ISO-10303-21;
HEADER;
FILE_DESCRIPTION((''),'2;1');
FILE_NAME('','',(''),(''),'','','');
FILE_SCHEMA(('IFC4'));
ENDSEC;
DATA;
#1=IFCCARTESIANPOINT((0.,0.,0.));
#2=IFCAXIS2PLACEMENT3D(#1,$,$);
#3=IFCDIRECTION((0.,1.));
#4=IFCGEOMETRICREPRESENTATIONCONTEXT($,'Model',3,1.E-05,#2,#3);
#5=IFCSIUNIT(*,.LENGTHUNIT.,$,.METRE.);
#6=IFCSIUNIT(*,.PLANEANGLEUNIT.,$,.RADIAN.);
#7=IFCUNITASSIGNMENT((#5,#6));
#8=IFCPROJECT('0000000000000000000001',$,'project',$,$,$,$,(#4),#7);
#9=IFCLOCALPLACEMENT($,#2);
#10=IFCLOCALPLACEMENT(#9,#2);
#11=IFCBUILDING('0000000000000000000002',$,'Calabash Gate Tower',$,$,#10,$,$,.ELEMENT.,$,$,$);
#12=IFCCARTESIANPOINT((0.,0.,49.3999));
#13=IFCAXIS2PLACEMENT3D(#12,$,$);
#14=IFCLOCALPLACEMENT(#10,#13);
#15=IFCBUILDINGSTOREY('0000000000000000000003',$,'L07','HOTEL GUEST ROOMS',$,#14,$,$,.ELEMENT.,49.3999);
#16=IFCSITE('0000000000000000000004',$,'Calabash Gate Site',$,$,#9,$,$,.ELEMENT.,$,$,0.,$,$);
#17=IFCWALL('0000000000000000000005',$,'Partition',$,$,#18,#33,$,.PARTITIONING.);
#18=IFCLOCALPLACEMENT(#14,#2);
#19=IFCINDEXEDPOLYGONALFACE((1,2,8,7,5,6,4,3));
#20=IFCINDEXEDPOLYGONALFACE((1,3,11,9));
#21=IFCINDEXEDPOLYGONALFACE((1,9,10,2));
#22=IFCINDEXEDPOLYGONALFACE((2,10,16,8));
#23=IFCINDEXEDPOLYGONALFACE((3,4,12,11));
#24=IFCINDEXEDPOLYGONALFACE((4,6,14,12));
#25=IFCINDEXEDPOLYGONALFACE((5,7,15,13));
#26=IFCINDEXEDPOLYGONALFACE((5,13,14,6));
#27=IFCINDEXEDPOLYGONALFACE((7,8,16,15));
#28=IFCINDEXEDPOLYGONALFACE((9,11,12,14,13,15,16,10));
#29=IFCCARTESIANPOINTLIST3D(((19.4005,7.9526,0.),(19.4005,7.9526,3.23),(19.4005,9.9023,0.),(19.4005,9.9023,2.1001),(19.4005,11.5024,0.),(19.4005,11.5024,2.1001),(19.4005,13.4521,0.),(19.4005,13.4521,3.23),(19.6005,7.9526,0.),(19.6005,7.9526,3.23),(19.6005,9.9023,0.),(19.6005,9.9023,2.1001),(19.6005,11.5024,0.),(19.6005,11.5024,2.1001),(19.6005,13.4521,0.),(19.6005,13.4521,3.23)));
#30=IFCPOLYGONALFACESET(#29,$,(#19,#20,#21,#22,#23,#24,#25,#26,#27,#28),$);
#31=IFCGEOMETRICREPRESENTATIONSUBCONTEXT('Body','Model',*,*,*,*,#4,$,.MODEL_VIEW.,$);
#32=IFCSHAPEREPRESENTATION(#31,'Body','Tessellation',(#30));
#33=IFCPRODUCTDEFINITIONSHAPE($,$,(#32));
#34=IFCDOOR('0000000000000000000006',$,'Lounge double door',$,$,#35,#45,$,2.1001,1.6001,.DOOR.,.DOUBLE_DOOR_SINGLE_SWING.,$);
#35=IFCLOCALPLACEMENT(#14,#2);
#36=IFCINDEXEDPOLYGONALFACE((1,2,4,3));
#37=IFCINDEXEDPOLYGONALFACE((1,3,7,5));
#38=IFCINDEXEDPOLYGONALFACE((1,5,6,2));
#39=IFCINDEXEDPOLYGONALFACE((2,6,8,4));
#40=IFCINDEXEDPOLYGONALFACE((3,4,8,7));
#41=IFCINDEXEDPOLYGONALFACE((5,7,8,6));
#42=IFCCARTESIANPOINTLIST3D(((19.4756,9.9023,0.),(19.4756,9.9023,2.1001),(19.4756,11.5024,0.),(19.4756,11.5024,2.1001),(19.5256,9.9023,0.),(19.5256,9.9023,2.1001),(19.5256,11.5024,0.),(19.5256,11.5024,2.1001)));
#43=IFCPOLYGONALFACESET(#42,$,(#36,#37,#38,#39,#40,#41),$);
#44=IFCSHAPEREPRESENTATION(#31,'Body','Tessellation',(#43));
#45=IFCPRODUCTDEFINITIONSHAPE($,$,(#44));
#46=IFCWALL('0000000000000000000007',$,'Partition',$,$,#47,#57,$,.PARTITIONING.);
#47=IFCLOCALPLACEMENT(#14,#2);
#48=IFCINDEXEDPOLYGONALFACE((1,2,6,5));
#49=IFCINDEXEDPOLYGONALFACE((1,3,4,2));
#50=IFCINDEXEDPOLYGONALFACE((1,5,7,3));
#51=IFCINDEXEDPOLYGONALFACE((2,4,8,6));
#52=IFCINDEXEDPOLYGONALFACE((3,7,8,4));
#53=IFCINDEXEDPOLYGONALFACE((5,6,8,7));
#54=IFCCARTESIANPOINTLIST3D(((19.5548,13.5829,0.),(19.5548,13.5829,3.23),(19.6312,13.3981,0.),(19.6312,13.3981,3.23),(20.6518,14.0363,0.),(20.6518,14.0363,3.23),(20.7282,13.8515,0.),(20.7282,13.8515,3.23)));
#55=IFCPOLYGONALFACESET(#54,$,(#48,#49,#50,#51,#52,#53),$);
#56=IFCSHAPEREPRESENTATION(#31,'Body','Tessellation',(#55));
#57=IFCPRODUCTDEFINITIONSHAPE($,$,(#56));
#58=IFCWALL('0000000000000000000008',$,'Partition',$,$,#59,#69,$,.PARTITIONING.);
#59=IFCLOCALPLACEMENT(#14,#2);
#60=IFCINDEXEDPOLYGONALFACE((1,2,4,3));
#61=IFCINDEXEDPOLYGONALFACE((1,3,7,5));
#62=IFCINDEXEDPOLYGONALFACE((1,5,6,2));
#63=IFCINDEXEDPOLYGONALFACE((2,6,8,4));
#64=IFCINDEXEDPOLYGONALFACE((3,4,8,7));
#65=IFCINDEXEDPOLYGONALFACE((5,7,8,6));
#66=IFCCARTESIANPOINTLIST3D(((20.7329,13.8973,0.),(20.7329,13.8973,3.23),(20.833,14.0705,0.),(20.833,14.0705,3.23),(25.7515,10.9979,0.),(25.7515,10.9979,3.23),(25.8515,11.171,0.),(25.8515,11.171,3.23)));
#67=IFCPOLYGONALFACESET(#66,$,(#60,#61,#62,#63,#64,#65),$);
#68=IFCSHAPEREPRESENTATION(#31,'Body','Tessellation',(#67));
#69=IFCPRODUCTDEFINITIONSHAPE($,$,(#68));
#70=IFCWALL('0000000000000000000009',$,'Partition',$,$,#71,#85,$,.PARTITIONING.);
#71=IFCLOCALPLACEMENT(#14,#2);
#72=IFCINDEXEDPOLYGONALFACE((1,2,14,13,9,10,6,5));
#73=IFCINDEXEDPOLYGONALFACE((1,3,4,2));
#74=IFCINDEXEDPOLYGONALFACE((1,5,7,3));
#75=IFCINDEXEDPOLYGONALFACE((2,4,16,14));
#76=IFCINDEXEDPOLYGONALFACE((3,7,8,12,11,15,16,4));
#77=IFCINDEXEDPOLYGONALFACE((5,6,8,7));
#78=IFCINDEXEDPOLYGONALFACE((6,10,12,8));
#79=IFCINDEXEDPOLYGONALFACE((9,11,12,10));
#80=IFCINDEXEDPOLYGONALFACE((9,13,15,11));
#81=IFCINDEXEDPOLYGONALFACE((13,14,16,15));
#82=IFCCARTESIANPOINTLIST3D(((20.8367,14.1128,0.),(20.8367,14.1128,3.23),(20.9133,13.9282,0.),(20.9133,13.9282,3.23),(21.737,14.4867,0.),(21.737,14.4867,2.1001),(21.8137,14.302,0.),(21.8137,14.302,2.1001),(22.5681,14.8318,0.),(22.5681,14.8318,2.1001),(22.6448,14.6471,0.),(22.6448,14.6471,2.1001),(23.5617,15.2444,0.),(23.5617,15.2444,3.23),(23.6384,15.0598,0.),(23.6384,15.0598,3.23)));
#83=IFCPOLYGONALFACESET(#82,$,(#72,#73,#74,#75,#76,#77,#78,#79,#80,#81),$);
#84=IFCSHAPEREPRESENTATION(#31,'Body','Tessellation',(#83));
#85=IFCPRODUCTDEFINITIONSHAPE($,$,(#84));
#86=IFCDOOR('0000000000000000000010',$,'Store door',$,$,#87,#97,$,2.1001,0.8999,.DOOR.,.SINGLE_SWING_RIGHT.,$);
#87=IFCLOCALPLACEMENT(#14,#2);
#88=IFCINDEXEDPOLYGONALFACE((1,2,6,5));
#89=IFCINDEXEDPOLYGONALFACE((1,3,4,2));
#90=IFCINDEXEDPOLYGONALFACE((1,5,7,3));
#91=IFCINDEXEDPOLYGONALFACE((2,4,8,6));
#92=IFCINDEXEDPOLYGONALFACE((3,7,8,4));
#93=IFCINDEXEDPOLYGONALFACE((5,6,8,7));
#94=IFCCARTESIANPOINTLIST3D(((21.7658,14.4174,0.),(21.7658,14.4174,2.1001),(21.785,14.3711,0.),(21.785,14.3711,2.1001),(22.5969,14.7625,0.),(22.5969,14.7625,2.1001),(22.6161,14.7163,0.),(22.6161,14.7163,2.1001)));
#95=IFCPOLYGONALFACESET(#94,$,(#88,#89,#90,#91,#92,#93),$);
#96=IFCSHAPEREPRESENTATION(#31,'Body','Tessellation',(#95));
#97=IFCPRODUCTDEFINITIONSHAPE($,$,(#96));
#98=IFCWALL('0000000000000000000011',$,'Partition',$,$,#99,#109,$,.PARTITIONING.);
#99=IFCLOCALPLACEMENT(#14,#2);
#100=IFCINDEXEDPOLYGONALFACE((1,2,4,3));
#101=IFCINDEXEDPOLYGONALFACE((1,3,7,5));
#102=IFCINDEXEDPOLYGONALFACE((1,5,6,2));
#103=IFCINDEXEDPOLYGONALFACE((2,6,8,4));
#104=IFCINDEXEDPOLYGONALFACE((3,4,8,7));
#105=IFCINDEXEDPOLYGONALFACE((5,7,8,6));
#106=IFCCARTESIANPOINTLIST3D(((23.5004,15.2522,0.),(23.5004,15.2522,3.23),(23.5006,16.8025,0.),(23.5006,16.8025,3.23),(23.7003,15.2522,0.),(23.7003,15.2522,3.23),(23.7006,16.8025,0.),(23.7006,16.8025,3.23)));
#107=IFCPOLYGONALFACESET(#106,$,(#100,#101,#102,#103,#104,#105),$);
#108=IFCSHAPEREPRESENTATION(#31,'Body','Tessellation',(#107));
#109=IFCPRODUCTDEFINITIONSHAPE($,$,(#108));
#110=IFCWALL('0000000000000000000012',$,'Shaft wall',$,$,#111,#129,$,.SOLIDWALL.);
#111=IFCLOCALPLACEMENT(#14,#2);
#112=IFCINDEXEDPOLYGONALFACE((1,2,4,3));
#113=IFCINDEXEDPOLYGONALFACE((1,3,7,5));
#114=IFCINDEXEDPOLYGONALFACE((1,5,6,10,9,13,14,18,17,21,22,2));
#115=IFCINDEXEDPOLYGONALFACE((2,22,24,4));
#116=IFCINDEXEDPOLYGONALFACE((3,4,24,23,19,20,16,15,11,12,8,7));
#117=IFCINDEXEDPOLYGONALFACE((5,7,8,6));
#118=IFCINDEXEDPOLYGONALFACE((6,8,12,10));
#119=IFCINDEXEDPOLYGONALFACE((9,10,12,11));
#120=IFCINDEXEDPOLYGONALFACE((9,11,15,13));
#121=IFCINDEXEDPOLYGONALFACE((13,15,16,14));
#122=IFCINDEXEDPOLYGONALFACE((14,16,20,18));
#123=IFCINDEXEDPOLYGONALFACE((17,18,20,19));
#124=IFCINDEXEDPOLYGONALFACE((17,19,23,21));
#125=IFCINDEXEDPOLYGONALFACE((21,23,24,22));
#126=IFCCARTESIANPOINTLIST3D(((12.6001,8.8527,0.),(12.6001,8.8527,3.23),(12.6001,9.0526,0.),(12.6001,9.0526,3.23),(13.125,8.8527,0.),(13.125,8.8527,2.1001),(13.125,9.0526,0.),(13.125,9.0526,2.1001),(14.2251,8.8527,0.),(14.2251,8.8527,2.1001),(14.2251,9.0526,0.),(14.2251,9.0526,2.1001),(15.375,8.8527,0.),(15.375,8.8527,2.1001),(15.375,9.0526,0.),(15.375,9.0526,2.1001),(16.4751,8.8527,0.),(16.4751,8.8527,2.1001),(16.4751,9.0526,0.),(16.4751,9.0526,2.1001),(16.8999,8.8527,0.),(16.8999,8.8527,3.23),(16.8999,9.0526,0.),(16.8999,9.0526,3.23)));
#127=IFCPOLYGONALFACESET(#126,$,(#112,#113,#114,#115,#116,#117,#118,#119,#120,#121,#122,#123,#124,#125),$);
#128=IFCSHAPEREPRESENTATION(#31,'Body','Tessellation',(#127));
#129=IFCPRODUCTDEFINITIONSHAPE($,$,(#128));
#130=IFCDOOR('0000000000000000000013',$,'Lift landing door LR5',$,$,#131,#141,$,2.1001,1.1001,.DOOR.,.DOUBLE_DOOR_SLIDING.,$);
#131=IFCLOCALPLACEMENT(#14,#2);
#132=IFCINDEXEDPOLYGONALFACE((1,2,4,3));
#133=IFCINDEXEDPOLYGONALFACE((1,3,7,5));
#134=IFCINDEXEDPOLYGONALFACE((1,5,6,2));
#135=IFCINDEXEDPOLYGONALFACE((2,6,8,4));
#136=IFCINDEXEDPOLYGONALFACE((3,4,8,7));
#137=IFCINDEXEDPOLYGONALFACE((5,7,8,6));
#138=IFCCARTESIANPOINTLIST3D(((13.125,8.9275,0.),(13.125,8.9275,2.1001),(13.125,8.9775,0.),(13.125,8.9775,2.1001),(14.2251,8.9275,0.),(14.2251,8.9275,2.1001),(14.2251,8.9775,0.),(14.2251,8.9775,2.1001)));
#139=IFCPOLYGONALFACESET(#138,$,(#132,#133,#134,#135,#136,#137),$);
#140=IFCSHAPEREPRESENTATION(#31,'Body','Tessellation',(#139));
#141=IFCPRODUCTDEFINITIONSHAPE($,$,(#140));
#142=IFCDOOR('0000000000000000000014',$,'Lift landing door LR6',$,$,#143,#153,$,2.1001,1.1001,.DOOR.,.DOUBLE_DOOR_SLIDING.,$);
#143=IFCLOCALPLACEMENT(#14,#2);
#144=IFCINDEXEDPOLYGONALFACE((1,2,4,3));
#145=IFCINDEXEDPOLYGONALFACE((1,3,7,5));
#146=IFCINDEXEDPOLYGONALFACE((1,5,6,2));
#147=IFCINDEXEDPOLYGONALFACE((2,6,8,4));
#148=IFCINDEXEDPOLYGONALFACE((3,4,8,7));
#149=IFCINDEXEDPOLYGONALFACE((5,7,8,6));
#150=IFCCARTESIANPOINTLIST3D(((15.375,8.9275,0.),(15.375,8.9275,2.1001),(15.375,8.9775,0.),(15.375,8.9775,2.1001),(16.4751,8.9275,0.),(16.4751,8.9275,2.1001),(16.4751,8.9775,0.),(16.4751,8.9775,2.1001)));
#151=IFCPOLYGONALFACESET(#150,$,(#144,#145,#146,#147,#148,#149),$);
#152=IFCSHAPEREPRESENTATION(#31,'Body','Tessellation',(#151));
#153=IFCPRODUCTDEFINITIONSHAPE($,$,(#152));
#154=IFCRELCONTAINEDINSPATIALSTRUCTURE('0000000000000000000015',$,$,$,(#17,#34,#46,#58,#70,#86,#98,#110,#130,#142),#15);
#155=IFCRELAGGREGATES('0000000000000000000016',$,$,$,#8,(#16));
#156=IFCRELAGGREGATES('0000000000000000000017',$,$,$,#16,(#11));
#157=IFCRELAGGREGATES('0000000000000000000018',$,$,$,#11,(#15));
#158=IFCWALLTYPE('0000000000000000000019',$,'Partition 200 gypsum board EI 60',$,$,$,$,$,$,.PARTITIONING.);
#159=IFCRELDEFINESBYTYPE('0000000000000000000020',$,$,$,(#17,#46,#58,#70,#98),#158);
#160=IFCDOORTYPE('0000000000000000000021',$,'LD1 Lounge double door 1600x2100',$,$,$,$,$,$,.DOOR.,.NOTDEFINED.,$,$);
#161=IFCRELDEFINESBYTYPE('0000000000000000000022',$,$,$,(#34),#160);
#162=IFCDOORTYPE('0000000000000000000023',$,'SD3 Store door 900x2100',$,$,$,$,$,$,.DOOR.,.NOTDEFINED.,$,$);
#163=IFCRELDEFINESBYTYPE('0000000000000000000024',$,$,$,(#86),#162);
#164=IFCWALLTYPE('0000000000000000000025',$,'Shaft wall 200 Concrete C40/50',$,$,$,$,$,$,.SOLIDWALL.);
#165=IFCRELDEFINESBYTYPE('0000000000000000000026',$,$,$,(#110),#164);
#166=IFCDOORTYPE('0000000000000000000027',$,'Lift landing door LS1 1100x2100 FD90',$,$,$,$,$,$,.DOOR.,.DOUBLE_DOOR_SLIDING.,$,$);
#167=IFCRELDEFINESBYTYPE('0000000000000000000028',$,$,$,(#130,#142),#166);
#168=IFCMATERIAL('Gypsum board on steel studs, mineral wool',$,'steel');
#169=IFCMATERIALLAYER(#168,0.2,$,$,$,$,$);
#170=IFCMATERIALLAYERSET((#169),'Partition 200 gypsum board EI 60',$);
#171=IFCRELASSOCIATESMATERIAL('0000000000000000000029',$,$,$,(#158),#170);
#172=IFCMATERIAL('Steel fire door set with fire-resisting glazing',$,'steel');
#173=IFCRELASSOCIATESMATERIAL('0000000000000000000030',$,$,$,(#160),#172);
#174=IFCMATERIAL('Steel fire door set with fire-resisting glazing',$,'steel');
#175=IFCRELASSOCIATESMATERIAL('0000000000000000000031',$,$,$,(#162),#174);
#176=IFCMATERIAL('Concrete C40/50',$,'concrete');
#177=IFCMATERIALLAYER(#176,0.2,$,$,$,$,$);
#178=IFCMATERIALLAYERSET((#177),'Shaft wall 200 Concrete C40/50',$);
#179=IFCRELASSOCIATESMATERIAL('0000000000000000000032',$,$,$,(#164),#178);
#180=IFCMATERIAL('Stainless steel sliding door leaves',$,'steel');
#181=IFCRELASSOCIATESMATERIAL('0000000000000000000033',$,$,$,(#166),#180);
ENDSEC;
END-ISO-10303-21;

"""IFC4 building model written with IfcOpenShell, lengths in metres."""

from ifc_helpers import new_model, si_unit, direction, frame, frame_2d, origin, place, context, subcontext, project, spatial, rectangle, extrude, material, layer, layer_set, type_object, element, fill, save


model = new_model("IFC4")

# Units and contexts
model_context = context("Model", 3, precision=1e-05, world=origin(), true_north=direction((0.0, 1.0)))
body_context = subcontext(model_context, "Body", "Model", "MODEL_VIEW")
ifc_project = project(units=[si_unit("LENGTHUNIT", "METRE"), si_unit("PLANEANGLEUNIT", "RADIAN")], contexts=[model_context])

# Site, building, storey
site_placement = place(None, origin())
site = spatial("IfcSite", under=ifc_project, at=site_placement, Name="Calabash Gate Site", CompositionType="ELEMENT", RefElevation=0.0)
building_placement = place(site_placement, origin())
building = spatial("IfcBuilding", under=site, at=building_placement, Name="Calabash Gate Tower", CompositionType="ELEMENT")
storey_placement = place(building_placement, frame((0.0, 0.0, 49.3999)))
storey = spatial("IfcBuildingStorey", under=building, at=storey_placement, Name="L07", Description="HOTEL GUEST ROOMS", CompositionType="ELEMENT", Elevation=49.3999)

# Shared definitions
ifc_material_1 = material(Name="Gypsum board on steel studs, mineral wool", Category="steel")
ifc_layer_1 = layer(ifc_material_1, 0.2)
ifc_layer_set_1 = layer_set([ifc_layer_1], Name="Partition 200 gypsum board EI 60")
wall_type_1 = type_object("IfcWallType", Name="Partition 200 gypsum board EI 60", PredefinedType="PARTITIONING", material=ifc_layer_set_1)

# Wall, opening, door
wall_1_placement = place(storey_placement, frame((19.5005, 7.9526, 0.0), z_axis=(0.0, 0.0, 1.0), x_axis=(0.0, 1.0, 0.0)))
wall_1 = element("IfcWall", 1, at=wall_1_placement, inside=storey, type_object=wall_type_1, Name="Partition", PredefinedType="PARTITIONING", context=body_context, shape_type="SweptSolid", body=[
    extrude(rectangle(XDim=5.4995, YDim=0.2, at=frame_2d((2.7498, 0.0))), origin(), (0.0, 0.0, 1.0), 3.23),
])
opening_1_placement = place(wall_1_placement, frame((1.9497, 0.0, 0.0)))
opening_1 = element("IfcOpeningElement", 2, at=opening_1_placement, cuts=wall_1, PredefinedType="OPENING", context=body_context, shape_type="SweptSolid", body=[
    extrude(rectangle(XDim=1.6001, YDim=2.1001, at=frame_2d((0.8, 1.05))), frame((0.0, 0.1099, 0.0), z_axis=(0.0, -1.0, 0.0), x_axis=(1.0, 0.0, 0.0)), (0.0, 0.0, 1.0), 0.22),
])
ifc_material_2 = material(Name="Steel fire door set with fire-resisting glazing", Category="steel")
door_type_1 = type_object("IfcDoorType", Name="LD1 Lounge double door 1600x2100", OperationType="NOTDEFINED", PredefinedType="DOOR", material=ifc_material_2)
door_1_placement = place(opening_1_placement, origin())
door_1 = element("IfcDoor", 3, at=door_1_placement, inside=storey, type_object=door_type_1, Name="Lounge double door", OperationType="DOUBLE_DOOR_SINGLE_SWING", OverallHeight=2.1001, OverallWidth=1.6001, PredefinedType="DOOR", context=body_context, shape_type="SweptSolid", body=[
    extrude(rectangle(XDim=1.6001, YDim=2.1001, at=frame_2d((0.8, 1.05))), frame((0.0, 0.0249, 0.0), z_axis=(0.0, -1.0, 0.0), x_axis=(1.0, 0.0, 0.0)), (0.0, 0.0, 1.0), 0.05),
])
fill(opening_1, door_1)

# Walls
wall_2_placement = place(storey_placement, frame((19.593, 13.4905, 0.0), z_axis=(0.0, 0.0, 1.0), x_axis=(0.924175, 0.38197, 0.0)))
element("IfcWall", 4, at=wall_2_placement, inside=storey, type_object=wall_type_1, Name="Partition", PredefinedType="PARTITIONING", context=body_context, shape_type="SweptSolid", body=[
    extrude(rectangle(XDim=1.187, YDim=0.2, at=frame_2d((0.5935, 0.0))), origin(), (0.0, 0.0, 1.0), 3.23),
])
wall_3_placement = place(storey_placement, frame((20.783, 13.9839, 0.0), z_axis=(0.0, 0.0, 1.0), x_axis=(0.86588, -0.500252, 0.0)))
element("IfcWall", 5, at=wall_3_placement, inside=storey, type_object=wall_type_1, Name="Partition", PredefinedType="PARTITIONING", context=body_context, shape_type="SweptSolid", body=[
    extrude(rectangle(XDim=5.7959, YDim=0.2, at=frame_2d((2.8979, 0.0))), origin(), (0.0, 0.0, 1.0), 3.23),
])

# Wall, opening, door
wall_4_placement = place(storey_placement, frame((20.875, 14.0205, 0.0), z_axis=(0.0, 0.0, 1.0), x_axis=(0.923541, 0.383499, 0.0)))
wall_4 = element("IfcWall", 6, at=wall_4_placement, inside=storey, type_object=wall_type_1, Name="Partition", PredefinedType="PARTITIONING", context=body_context, shape_type="SweptSolid", body=[
    extrude(rectangle(XDim=2.9507, YDim=0.2, at=frame_2d((1.4753, 0.0))), origin(), (0.0, 0.0, 1.0), 3.23),
])
opening_2_placement = place(wall_4_placement, frame((0.9749, 0.0, 0.0)))
opening_2 = element("IfcOpeningElement", 7, at=opening_2_placement, cuts=wall_4, PredefinedType="OPENING", context=body_context, shape_type="SweptSolid", body=[
    extrude(rectangle(XDim=0.8999, YDim=2.1001, at=frame_2d((0.45, 1.05))), frame((0.0, 0.1099, 0.0), z_axis=(0.0, -1.0, 0.0), x_axis=(1.0, 0.0, 0.0)), (0.0, 0.0, 1.0), 0.22),
])
ifc_material_3 = material(Name="Steel fire door set with fire-resisting glazing", Category="steel")
door_type_2 = type_object("IfcDoorType", Name="SD3 Store door 900x2100", OperationType="NOTDEFINED", PredefinedType="DOOR", material=ifc_material_3)
door_2_placement = place(opening_2_placement, origin())
door_2 = element("IfcDoor", 8, at=door_2_placement, inside=storey, type_object=door_type_2, Name="Store door", OperationType="SINGLE_SWING_RIGHT", OverallHeight=2.1001, OverallWidth=0.8999, PredefinedType="DOOR", context=body_context, shape_type="SweptSolid", body=[
    extrude(rectangle(XDim=0.8999, YDim=2.1001, at=frame_2d((0.45, 1.05))), frame((0.0, 0.0249, 0.0), z_axis=(0.0, -1.0, 0.0), x_axis=(1.0, 0.0, 0.0)), (0.0, 0.0, 1.0), 0.05),
])
fill(opening_2, door_2)

# Wall
wall_5_placement = place(storey_placement, frame((23.6003, 15.2522, 0.0), z_axis=(0.0, 0.0, 1.0), x_axis=(0.000157, 1.0, 0.0)))
element("IfcWall", 9, at=wall_5_placement, inside=storey, type_object=wall_type_1, Name="Partition", PredefinedType="PARTITIONING", context=body_context, shape_type="SweptSolid", body=[
    extrude(rectangle(XDim=1.5503, YDim=0.2, at=frame_2d((0.7751, 0.0))), origin(), (0.0, 0.0, 1.0), 3.23),
])

# Wall, openings, doors
ifc_material_4 = material(Name="Concrete C40/50", Category="concrete")
ifc_layer_2 = layer(ifc_material_4, 0.2)
ifc_layer_set_2 = layer_set([ifc_layer_2], Name="Shaft wall 200 Concrete C40/50")
wall_type_2 = type_object("IfcWallType", Name="Shaft wall 200 Concrete C40/50", PredefinedType="SOLIDWALL", material=ifc_layer_set_2)
wall_6_placement = place(storey_placement, frame((12.6001, 8.9526, 0.0), z_axis=(0.0, 0.0, 1.0), x_axis=(1.0, 0.0, 0.0)))
wall_6 = element("IfcWall", 10, at=wall_6_placement, inside=storey, type_object=wall_type_2, Name="Shaft wall", PredefinedType="SOLIDWALL", context=body_context, shape_type="SweptSolid", body=[
    extrude(rectangle(XDim=4.2998, YDim=0.2, at=frame_2d((2.1499, 0.0))), origin(), (0.0, 0.0, 1.0), 3.23),
])
opening_3_placement = place(wall_6_placement, frame((0.5249, 0.0, 0.0)))
opening_3 = element("IfcOpeningElement", 11, at=opening_3_placement, cuts=wall_6, PredefinedType="OPENING", context=body_context, shape_type="SweptSolid", body=[
    extrude(rectangle(XDim=1.1001, YDim=2.1001, at=frame_2d((0.55, 1.05))), frame((0.0, 0.1099, 0.0), z_axis=(0.0, -1.0, 0.0), x_axis=(1.0, 0.0, 0.0)), (0.0, 0.0, 1.0), 0.22),
])
opening_4_placement = place(wall_6_placement, frame((2.7749, 0.0, 0.0)))
opening_4 = element("IfcOpeningElement", 12, at=opening_4_placement, cuts=wall_6, PredefinedType="OPENING", context=body_context, shape_type="SweptSolid", body=[
    extrude(rectangle(XDim=1.1001, YDim=2.1001, at=frame_2d((0.55, 1.05))), frame((0.0, 0.1099, 0.0), z_axis=(0.0, -1.0, 0.0), x_axis=(1.0, 0.0, 0.0)), (0.0, 0.0, 1.0), 0.22),
])
ifc_material_5 = material(Name="Stainless steel sliding door leaves", Category="steel")
door_type_3 = type_object("IfcDoorType", Name="Lift landing door LS1 1100x2100 FD90", OperationType="DOUBLE_DOOR_SLIDING", PredefinedType="DOOR", material=ifc_material_5)
door_3_placement = place(opening_3_placement, origin())
door_3 = element("IfcDoor", 13, at=door_3_placement, inside=storey, type_object=door_type_3, Name="Lift landing door LR5", OperationType="DOUBLE_DOOR_SLIDING", OverallHeight=2.1001, OverallWidth=1.1001, PredefinedType="DOOR", context=body_context, shape_type="SweptSolid", body=[
    extrude(rectangle(XDim=1.1001, YDim=2.1001, at=frame_2d((0.55, 1.05))), frame((0.0, 0.0249, 0.0), z_axis=(0.0, -1.0, 0.0), x_axis=(1.0, 0.0, 0.0)), (0.0, 0.0, 1.0), 0.05),
])
fill(opening_3, door_3)
door_4_placement = place(opening_4_placement, origin())
door_4 = element("IfcDoor", 14, at=door_4_placement, inside=storey, type_object=door_type_3, Name="Lift landing door LR6", OperationType="DOUBLE_DOOR_SLIDING", OverallHeight=2.1001, OverallWidth=1.1001, PredefinedType="DOOR", context=body_context, shape_type="SweptSolid", body=[
    extrude(rectangle(XDim=1.1001, YDim=2.1001, at=frame_2d((0.55, 1.05))), frame((0.0, 0.0249, 0.0), z_axis=(0.0, -1.0, 0.0), x_axis=(1.0, 0.0, 0.0)), (0.0, 0.0, 1.0), 0.05),
])
fill(opening_4, door_4)

save(model, "model.ifc")
